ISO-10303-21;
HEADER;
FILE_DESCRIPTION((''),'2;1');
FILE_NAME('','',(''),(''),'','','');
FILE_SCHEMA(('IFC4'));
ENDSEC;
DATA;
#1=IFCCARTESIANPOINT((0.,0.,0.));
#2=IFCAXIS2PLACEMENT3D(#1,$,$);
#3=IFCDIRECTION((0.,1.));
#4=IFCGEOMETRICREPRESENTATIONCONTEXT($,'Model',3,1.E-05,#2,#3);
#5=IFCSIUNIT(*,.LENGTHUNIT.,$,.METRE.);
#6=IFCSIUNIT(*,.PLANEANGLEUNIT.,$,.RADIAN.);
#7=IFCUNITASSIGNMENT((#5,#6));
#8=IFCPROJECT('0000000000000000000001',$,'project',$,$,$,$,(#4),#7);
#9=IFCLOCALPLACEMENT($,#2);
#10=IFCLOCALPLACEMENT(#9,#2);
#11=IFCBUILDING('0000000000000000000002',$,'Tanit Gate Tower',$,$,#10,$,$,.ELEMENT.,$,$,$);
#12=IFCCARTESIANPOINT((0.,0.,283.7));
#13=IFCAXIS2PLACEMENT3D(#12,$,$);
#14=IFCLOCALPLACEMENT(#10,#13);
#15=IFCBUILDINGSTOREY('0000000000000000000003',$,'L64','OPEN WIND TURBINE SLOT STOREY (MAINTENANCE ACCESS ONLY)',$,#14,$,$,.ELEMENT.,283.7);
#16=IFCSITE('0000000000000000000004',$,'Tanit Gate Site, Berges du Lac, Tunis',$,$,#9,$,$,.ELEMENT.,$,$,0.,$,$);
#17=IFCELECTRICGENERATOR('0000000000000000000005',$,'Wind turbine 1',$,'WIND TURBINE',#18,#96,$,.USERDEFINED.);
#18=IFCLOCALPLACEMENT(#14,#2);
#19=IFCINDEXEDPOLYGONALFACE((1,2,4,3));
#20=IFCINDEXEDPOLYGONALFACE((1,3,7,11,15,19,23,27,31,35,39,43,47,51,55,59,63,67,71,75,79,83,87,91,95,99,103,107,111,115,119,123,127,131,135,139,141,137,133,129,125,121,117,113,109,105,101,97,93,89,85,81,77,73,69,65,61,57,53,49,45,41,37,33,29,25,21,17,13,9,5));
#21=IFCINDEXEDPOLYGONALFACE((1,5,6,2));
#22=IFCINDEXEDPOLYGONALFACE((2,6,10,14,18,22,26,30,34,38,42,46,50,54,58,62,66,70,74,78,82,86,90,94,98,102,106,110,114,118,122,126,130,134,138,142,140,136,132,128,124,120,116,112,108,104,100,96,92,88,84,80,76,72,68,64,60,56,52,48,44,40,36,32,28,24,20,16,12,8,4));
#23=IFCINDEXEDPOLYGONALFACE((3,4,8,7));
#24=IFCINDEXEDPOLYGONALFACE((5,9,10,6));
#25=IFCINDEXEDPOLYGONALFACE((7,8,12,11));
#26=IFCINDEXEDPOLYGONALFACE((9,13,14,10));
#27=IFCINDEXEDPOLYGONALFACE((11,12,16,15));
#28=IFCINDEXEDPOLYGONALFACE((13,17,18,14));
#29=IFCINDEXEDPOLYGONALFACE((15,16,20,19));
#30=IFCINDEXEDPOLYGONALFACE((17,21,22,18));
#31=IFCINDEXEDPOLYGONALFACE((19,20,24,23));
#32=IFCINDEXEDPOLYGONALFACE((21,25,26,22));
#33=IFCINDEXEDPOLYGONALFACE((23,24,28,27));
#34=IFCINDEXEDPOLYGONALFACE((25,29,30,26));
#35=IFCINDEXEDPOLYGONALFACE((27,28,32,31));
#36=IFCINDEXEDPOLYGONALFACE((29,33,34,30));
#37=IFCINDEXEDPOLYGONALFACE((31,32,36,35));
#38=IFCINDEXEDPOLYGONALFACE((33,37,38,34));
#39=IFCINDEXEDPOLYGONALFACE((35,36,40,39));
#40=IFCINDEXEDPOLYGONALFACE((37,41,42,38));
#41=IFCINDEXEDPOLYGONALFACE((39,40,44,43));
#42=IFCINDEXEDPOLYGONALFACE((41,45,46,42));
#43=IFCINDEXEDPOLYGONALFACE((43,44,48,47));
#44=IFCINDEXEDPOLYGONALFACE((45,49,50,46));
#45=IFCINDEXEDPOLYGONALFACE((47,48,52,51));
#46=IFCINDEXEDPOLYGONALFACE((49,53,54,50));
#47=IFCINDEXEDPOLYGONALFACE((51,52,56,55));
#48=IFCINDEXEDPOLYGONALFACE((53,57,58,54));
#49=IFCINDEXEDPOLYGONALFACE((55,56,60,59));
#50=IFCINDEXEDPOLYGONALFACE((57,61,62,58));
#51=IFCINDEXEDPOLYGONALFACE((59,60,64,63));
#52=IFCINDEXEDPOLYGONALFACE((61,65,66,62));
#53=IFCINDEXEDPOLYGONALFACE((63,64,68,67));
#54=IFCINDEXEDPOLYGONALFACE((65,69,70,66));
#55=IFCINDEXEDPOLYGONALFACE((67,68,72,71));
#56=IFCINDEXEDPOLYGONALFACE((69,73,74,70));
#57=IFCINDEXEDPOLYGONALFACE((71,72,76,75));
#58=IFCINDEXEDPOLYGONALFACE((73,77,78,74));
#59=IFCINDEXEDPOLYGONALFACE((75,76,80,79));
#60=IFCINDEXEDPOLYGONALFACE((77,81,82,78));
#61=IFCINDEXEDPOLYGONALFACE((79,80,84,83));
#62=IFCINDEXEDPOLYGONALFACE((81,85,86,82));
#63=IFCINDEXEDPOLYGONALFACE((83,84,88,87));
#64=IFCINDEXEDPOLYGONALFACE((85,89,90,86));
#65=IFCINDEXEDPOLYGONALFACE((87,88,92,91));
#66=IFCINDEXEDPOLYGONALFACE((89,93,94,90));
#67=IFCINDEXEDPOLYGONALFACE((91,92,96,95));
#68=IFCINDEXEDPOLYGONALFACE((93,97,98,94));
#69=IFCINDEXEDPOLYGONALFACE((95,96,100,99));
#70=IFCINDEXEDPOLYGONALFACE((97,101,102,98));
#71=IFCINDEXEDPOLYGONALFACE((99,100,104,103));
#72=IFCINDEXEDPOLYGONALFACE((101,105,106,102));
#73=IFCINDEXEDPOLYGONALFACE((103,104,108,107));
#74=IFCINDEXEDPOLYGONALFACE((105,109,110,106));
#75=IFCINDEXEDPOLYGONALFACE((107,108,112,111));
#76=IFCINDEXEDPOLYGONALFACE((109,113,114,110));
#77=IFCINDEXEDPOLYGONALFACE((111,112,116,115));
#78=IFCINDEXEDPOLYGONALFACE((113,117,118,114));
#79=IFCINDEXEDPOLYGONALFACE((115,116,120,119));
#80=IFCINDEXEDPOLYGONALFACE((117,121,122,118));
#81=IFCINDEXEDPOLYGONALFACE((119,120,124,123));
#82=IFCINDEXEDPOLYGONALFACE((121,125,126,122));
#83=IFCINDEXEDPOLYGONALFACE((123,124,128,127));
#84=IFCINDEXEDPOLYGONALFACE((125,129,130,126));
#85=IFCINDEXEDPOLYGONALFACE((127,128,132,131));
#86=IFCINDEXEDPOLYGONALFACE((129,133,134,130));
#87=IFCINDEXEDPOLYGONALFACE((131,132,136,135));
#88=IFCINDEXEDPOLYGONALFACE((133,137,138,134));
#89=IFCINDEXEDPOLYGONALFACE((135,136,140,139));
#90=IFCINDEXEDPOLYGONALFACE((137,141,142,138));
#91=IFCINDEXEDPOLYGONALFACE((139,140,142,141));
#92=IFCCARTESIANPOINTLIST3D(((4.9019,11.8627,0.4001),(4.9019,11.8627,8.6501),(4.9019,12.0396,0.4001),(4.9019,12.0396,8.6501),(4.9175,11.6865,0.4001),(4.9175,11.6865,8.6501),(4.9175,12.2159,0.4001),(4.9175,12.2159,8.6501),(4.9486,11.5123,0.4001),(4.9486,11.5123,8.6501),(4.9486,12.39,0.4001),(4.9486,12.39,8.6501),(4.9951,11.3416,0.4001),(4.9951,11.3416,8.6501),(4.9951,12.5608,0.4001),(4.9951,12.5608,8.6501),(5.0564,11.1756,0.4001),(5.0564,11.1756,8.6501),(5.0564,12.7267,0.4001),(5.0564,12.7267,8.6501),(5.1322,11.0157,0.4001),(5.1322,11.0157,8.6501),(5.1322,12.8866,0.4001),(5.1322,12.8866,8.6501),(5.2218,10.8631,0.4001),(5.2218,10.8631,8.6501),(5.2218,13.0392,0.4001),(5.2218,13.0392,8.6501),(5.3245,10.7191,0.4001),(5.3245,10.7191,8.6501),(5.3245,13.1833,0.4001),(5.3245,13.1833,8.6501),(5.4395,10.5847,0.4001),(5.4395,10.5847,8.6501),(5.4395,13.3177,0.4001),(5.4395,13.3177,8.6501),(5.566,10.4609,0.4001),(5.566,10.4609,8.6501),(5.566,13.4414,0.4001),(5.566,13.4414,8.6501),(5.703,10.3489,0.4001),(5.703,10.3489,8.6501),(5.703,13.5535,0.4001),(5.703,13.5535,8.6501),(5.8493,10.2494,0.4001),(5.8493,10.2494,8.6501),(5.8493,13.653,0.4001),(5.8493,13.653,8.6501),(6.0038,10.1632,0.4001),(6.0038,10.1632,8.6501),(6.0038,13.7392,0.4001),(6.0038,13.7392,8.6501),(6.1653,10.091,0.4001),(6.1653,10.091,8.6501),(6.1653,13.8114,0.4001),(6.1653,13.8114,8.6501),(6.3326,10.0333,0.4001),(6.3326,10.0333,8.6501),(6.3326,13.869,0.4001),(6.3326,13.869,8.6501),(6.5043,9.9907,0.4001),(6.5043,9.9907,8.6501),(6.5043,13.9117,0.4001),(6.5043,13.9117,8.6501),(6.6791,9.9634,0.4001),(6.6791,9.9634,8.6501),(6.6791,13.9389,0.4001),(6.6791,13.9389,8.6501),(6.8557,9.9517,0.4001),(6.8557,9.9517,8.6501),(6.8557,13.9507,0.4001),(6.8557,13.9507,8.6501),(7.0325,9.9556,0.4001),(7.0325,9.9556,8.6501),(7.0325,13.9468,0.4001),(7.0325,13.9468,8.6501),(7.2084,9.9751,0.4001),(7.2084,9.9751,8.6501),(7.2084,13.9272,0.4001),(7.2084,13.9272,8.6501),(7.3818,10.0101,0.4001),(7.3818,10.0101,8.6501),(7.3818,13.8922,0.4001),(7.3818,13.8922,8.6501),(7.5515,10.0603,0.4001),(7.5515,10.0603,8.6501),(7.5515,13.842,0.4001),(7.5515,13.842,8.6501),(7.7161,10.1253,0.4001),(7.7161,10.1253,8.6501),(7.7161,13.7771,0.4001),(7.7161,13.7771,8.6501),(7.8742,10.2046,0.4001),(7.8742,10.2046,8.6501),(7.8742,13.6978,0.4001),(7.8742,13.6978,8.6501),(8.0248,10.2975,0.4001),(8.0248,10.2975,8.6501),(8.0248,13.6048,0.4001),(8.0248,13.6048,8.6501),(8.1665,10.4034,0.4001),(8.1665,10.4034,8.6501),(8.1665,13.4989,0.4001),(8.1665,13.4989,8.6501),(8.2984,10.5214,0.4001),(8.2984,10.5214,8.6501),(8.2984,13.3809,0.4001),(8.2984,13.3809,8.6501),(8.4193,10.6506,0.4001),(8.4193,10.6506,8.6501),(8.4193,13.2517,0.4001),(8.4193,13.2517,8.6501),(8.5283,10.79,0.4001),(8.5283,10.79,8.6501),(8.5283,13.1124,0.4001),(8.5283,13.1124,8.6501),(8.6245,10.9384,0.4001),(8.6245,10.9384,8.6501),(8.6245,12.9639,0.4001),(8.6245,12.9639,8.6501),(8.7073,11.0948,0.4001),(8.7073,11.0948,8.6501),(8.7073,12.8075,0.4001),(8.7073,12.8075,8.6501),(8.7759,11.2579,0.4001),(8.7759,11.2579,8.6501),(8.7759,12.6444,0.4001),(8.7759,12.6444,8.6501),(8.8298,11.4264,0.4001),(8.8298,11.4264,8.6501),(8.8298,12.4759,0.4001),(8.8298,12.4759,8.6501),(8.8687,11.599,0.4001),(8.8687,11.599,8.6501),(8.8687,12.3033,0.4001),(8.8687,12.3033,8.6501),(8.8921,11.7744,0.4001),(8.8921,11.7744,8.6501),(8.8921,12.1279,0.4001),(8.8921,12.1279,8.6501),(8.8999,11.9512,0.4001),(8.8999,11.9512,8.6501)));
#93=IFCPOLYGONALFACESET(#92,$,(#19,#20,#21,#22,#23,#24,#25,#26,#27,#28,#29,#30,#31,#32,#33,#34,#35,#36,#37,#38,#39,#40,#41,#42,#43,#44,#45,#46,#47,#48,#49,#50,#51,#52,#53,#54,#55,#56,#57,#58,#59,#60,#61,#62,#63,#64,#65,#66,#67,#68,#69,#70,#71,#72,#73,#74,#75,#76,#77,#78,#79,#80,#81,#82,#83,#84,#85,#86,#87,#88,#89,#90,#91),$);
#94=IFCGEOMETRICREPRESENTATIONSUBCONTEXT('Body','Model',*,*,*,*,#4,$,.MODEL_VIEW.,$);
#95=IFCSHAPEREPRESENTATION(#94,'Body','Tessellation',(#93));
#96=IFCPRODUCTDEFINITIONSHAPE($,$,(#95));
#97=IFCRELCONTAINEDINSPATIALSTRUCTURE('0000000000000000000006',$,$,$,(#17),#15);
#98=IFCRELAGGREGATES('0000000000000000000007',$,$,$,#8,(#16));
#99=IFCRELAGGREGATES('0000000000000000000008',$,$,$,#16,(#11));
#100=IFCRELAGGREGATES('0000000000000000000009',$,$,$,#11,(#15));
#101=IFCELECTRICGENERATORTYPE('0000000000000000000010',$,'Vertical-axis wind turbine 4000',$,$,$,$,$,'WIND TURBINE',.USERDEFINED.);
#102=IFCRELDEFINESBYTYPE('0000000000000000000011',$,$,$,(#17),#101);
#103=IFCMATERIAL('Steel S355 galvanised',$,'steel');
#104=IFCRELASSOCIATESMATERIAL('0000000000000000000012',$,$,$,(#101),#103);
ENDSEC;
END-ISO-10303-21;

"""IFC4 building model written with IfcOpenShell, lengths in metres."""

from ifc_helpers import new_model, si_unit, direction, frame, origin, origin_2d, place, context, subcontext, project, spatial, circle, extrude, material, material_profile, profile_set, type_object, element, save


model = new_model("IFC4")

# Units and contexts
model_context = context("Model", 3, precision=1e-05, world=origin(), true_north=direction((0.0, 1.0)))
body_context = subcontext(model_context, "Body", "Model", "MODEL_VIEW")
ifc_project = project(units=[si_unit("LENGTHUNIT", "METRE"), si_unit("PLANEANGLEUNIT", "RADIAN")], contexts=[model_context])

# Site, building, storey
site_placement = place(None, origin())
site = spatial("IfcSite", under=ifc_project, at=site_placement, Name="Tanit Gate Site, Berges du Lac, Tunis", CompositionType="ELEMENT", RefElevation=0.0)
building_placement = place(site_placement, origin())
building = spatial("IfcBuilding", under=site, at=building_placement, Name="Tanit Gate Tower", CompositionType="ELEMENT")
storey_placement = place(building_placement, frame((0.0, 0.0, 283.7)))
storey = spatial("IfcBuildingStorey", under=building, at=storey_placement, Name="L64", Description="OPEN WIND TURBINE SLOT STOREY (MAINTENANCE ACCESS ONLY)", CompositionType="ELEMENT", Elevation=283.7)

# Electric generator
ifc_material_1 = material(Name="Steel S355 galvanised", Category="steel")
ifc_material_profile_1 = material_profile(ifc_material_1, circle(Radius=2.0, at=origin_2d()), Name="4000 turbine rotor")
ifc_profile_set_1 = profile_set([ifc_material_profile_1], Name="Steel S355 galvanised")
electric_generator_type = type_object("IfcElectricGeneratorType", Name="Vertical-axis wind turbine 4000", ElementType="WIND TURBINE", PredefinedType="USERDEFINED", material=ifc_profile_set_1)
electric_generator_placement = place(storey_placement, frame((6.8999, 11.9512, 0.4001), z_axis=(0.0, 0.0, 1.0), x_axis=(1.0, 0.0, 0.0)))
element("IfcElectricGenerator", 1, at=electric_generator_placement, inside=storey, type_object=electric_generator_type, Name="Wind turbine 1", ObjectType="WIND TURBINE", PredefinedType="USERDEFINED", context=body_context, shape_type="SweptSolid", body=[
    extrude(circle(Radius=2.0, at=origin_2d()), origin(), (0.0, 0.0, 1.0), 8.25),
])

save(model, "model.ifc")
